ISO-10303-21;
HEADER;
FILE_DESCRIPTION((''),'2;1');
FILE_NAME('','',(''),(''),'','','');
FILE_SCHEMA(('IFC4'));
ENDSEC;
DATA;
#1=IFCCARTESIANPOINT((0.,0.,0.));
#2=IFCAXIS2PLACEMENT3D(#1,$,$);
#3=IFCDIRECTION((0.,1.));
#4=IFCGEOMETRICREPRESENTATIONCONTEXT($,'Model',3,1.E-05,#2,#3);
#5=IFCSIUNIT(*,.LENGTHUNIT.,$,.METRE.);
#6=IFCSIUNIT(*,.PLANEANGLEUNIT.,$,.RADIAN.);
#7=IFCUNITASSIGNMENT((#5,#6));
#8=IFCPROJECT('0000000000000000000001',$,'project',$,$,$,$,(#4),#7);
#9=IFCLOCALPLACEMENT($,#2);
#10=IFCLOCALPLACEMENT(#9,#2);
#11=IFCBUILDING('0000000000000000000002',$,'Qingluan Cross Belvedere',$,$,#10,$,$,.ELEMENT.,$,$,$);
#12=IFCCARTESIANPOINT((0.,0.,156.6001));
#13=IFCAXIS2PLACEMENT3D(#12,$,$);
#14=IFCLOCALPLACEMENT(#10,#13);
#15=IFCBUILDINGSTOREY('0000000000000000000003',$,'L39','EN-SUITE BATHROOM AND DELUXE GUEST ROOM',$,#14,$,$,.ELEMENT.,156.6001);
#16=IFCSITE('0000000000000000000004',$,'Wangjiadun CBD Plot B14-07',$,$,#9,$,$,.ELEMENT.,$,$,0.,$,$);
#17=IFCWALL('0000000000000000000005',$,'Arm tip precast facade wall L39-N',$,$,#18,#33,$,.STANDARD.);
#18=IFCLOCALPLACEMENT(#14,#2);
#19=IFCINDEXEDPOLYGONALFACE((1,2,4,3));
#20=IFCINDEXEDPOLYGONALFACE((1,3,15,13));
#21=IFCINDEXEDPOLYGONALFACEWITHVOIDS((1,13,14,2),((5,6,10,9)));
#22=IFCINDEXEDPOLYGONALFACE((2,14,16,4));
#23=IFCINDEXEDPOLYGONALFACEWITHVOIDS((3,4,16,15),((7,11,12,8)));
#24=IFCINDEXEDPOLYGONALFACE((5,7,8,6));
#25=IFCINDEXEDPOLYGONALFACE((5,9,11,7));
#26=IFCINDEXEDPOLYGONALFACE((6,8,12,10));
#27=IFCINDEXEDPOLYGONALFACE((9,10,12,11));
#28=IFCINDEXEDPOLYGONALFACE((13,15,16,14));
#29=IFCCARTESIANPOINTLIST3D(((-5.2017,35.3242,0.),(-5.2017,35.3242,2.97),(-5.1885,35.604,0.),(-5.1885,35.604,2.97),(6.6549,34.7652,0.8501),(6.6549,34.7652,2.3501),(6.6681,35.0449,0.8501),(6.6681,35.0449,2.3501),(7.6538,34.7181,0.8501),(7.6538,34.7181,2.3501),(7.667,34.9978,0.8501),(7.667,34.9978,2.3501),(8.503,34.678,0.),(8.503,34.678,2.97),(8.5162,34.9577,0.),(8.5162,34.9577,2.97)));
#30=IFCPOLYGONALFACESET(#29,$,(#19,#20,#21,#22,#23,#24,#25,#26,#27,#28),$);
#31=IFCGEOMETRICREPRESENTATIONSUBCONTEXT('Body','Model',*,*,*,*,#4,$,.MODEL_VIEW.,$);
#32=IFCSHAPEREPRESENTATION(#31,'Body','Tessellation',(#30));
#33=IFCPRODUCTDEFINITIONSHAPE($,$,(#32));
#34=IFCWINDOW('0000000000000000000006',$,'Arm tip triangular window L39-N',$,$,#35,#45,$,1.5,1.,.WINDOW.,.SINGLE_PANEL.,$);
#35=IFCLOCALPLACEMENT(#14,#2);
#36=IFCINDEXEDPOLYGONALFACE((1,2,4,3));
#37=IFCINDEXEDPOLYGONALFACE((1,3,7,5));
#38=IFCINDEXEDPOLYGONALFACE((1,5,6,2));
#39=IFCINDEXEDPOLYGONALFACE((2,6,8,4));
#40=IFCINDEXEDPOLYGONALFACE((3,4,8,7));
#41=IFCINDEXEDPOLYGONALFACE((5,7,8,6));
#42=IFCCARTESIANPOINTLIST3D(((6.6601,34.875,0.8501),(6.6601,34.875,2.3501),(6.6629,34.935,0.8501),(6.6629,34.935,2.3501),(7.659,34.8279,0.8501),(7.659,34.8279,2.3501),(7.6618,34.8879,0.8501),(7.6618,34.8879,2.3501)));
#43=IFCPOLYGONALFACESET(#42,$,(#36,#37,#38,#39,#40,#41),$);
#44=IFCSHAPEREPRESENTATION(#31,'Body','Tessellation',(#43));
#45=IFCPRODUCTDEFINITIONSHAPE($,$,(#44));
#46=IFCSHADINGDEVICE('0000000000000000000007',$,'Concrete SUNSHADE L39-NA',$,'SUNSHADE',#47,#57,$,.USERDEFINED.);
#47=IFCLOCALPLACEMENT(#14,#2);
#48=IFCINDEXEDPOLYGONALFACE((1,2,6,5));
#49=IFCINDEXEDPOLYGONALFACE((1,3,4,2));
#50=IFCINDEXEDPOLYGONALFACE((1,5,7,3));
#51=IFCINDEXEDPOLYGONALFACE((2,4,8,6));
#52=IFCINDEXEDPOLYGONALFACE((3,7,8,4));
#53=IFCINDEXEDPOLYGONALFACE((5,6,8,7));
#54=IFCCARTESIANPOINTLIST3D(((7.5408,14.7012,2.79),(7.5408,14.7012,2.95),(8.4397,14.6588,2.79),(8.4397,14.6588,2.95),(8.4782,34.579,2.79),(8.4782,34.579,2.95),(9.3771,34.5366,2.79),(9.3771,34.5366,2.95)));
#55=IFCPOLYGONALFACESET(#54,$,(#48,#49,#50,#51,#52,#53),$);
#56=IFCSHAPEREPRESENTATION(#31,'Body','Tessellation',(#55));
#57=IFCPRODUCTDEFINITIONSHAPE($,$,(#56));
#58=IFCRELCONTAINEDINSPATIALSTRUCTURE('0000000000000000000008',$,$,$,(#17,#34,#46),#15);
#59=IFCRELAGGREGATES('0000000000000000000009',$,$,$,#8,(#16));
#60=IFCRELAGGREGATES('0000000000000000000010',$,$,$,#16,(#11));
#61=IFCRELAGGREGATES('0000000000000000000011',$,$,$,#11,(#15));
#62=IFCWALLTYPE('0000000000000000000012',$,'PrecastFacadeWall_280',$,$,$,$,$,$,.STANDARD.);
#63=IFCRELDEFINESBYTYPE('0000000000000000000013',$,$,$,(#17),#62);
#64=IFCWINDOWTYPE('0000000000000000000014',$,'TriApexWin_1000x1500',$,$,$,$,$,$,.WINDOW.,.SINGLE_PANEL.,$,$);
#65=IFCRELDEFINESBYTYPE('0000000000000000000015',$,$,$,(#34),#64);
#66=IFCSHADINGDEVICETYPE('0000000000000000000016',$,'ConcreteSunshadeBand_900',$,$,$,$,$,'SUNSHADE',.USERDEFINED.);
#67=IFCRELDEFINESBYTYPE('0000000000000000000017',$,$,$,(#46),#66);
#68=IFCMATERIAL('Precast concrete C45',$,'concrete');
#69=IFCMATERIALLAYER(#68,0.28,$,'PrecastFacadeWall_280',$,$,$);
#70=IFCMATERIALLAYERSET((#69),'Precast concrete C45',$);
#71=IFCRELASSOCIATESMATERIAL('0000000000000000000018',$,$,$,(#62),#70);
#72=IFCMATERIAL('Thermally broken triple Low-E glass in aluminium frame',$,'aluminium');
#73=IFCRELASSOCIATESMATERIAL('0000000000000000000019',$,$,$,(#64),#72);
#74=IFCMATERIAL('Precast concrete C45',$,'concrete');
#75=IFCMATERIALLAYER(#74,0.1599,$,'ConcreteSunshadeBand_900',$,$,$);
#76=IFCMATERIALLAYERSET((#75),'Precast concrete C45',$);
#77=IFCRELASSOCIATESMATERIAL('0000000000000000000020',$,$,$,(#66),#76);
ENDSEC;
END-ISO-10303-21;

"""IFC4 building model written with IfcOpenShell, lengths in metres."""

from ifc_helpers import new_model, si_unit, direction, frame, frame_2d, origin, origin_2d, place, context, subcontext, project, spatial, rectangle, extrude, material, layer, layer_set, type_object, element, fill, save


model = new_model("IFC4")

# Units and contexts
model_context = context("Model", 3, precision=1e-05, world=origin(), true_north=direction((0.0, 1.0)))
body_context = subcontext(model_context, "Body", "Model", "MODEL_VIEW")
ifc_project = project(units=[si_unit("LENGTHUNIT", "METRE"), si_unit("PLANEANGLEUNIT", "RADIAN")], contexts=[model_context])

# Site, building, storey
site_placement = place(None, origin())
site = spatial("IfcSite", under=ifc_project, at=site_placement, Name="Wangjiadun CBD Plot B14-07", CompositionType="ELEMENT", RefElevation=0.0)
building_placement = place(site_placement, origin())
building = spatial("IfcBuilding", under=site, at=building_placement, Name="Qingluan Cross Belvedere", CompositionType="ELEMENT")
storey_placement = place(building_placement, frame((0.0, 0.0, 156.6001)))
storey = spatial("IfcBuildingStorey", under=building, at=storey_placement, Name="L39", Description="EN-SUITE BATHROOM AND DELUXE GUEST ROOM", CompositionType="ELEMENT", Elevation=156.6001)

# Wall, opening, window
ifc_material_1 = material(Name="Precast concrete C45", Category="concrete")
ifc_layer_1 = layer(ifc_material_1, 0.28, Name="PrecastFacadeWall_280")
ifc_layer_set_1 = layer_set([ifc_layer_1], Name="Precast concrete C45")
wall_type_1 = type_object("IfcWallType", Name="PrecastFacadeWall_280", PredefinedType="STANDARD", material=ifc_layer_set_1)
wall_1_placement = place(storey_placement, frame((8.5095, 34.8179, 0.0), z_axis=(0.0, 0.0, 1.0), x_axis=(-0.99889, 0.047102, 0.0)))
wall_1 = element("IfcWall", 1, at=wall_1_placement, inside=storey, type_object=wall_type_1, Name="Arm tip precast facade wall L39-N", PredefinedType="STANDARD", context=body_context, shape_type="SweptSolid", body=[
    extrude(rectangle(XDim=13.72, YDim=0.28, at=frame_2d((6.8599, 0.0))), origin(), (0.0, 0.0, 1.0), 2.97),
])
opening_1_placement = place(wall_1_placement, frame((0.8501, 0.0, 0.8501)))
opening_1 = element("IfcOpeningElement", 2, at=opening_1_placement, cuts=wall_1, PredefinedType="OPENING", context=body_context, shape_type="SweptSolid", body=[
    extrude(rectangle(XDim=1.0, YDim=1.5, at=frame_2d((0.5, 0.75))), frame((0.0, 0.1499, 0.0), z_axis=(0.0, -1.0, 0.0), x_axis=(1.0, 0.0, 0.0)), (0.0, 0.0, 1.0), 0.3),
])
ifc_material_2 = material(Name="Thermally broken triple Low-E glass in aluminium frame", Category="aluminium")
window_type = type_object("IfcWindowType", Name="TriApexWin_1000x1500", PartitioningType="SINGLE_PANEL", PredefinedType="WINDOW", material=ifc_material_2)
window_placement = place(opening_1_placement, origin())
window = element("IfcWindow", 3, at=window_placement, inside=storey, type_object=window_type, Name="Arm tip triangular window L39-N", OverallHeight=1.5, OverallWidth=1.0, PartitioningType="SINGLE_PANEL", PredefinedType="WINDOW", context=body_context, shape_type="SweptSolid", body=[
    extrude(rectangle(XDim=1.0, YDim=1.5, at=frame_2d((0.5, 0.75))), frame((0.0, 0.03, 0.0), z_axis=(0.0, -1.0, 0.0), x_axis=(1.0, 0.0, 0.0)), (0.0, 0.0, 1.0), 0.0601),
])
fill(opening_1, window)

# Shading device
ifc_material_3 = material(Name="Precast concrete C45", Category="concrete")
ifc_layer_2 = layer(ifc_material_3, 0.1599, Name="ConcreteSunshadeBand_900")
ifc_layer_set_2 = layer_set([ifc_layer_2], Name="Precast concrete C45")
shading_device_type = type_object("IfcShadingDeviceType", Name="ConcreteSunshadeBand_900", ElementType="SUNSHADE", PredefinedType="USERDEFINED", material=ifc_layer_set_2)
shading_device_placement = place(storey_placement, frame((8.459, 24.6189, 2.79), z_axis=(0.0, 0.0, 1.0), x_axis=(0.047105, 0.99889, 0.0)))
element("IfcShadingDevice", 4, at=shading_device_placement, inside=storey, type_object=shading_device_type, Name="Concrete SUNSHADE L39-NA", ObjectType="SUNSHADE", PredefinedType="USERDEFINED", context=body_context, shape_type="SweptSolid", body=[
    extrude(rectangle(XDim=19.8999, YDim=0.8999, at=origin_2d()), origin(), (0.0, 0.0, 1.0), 0.1599),
])

save(model, "model.ifc")
